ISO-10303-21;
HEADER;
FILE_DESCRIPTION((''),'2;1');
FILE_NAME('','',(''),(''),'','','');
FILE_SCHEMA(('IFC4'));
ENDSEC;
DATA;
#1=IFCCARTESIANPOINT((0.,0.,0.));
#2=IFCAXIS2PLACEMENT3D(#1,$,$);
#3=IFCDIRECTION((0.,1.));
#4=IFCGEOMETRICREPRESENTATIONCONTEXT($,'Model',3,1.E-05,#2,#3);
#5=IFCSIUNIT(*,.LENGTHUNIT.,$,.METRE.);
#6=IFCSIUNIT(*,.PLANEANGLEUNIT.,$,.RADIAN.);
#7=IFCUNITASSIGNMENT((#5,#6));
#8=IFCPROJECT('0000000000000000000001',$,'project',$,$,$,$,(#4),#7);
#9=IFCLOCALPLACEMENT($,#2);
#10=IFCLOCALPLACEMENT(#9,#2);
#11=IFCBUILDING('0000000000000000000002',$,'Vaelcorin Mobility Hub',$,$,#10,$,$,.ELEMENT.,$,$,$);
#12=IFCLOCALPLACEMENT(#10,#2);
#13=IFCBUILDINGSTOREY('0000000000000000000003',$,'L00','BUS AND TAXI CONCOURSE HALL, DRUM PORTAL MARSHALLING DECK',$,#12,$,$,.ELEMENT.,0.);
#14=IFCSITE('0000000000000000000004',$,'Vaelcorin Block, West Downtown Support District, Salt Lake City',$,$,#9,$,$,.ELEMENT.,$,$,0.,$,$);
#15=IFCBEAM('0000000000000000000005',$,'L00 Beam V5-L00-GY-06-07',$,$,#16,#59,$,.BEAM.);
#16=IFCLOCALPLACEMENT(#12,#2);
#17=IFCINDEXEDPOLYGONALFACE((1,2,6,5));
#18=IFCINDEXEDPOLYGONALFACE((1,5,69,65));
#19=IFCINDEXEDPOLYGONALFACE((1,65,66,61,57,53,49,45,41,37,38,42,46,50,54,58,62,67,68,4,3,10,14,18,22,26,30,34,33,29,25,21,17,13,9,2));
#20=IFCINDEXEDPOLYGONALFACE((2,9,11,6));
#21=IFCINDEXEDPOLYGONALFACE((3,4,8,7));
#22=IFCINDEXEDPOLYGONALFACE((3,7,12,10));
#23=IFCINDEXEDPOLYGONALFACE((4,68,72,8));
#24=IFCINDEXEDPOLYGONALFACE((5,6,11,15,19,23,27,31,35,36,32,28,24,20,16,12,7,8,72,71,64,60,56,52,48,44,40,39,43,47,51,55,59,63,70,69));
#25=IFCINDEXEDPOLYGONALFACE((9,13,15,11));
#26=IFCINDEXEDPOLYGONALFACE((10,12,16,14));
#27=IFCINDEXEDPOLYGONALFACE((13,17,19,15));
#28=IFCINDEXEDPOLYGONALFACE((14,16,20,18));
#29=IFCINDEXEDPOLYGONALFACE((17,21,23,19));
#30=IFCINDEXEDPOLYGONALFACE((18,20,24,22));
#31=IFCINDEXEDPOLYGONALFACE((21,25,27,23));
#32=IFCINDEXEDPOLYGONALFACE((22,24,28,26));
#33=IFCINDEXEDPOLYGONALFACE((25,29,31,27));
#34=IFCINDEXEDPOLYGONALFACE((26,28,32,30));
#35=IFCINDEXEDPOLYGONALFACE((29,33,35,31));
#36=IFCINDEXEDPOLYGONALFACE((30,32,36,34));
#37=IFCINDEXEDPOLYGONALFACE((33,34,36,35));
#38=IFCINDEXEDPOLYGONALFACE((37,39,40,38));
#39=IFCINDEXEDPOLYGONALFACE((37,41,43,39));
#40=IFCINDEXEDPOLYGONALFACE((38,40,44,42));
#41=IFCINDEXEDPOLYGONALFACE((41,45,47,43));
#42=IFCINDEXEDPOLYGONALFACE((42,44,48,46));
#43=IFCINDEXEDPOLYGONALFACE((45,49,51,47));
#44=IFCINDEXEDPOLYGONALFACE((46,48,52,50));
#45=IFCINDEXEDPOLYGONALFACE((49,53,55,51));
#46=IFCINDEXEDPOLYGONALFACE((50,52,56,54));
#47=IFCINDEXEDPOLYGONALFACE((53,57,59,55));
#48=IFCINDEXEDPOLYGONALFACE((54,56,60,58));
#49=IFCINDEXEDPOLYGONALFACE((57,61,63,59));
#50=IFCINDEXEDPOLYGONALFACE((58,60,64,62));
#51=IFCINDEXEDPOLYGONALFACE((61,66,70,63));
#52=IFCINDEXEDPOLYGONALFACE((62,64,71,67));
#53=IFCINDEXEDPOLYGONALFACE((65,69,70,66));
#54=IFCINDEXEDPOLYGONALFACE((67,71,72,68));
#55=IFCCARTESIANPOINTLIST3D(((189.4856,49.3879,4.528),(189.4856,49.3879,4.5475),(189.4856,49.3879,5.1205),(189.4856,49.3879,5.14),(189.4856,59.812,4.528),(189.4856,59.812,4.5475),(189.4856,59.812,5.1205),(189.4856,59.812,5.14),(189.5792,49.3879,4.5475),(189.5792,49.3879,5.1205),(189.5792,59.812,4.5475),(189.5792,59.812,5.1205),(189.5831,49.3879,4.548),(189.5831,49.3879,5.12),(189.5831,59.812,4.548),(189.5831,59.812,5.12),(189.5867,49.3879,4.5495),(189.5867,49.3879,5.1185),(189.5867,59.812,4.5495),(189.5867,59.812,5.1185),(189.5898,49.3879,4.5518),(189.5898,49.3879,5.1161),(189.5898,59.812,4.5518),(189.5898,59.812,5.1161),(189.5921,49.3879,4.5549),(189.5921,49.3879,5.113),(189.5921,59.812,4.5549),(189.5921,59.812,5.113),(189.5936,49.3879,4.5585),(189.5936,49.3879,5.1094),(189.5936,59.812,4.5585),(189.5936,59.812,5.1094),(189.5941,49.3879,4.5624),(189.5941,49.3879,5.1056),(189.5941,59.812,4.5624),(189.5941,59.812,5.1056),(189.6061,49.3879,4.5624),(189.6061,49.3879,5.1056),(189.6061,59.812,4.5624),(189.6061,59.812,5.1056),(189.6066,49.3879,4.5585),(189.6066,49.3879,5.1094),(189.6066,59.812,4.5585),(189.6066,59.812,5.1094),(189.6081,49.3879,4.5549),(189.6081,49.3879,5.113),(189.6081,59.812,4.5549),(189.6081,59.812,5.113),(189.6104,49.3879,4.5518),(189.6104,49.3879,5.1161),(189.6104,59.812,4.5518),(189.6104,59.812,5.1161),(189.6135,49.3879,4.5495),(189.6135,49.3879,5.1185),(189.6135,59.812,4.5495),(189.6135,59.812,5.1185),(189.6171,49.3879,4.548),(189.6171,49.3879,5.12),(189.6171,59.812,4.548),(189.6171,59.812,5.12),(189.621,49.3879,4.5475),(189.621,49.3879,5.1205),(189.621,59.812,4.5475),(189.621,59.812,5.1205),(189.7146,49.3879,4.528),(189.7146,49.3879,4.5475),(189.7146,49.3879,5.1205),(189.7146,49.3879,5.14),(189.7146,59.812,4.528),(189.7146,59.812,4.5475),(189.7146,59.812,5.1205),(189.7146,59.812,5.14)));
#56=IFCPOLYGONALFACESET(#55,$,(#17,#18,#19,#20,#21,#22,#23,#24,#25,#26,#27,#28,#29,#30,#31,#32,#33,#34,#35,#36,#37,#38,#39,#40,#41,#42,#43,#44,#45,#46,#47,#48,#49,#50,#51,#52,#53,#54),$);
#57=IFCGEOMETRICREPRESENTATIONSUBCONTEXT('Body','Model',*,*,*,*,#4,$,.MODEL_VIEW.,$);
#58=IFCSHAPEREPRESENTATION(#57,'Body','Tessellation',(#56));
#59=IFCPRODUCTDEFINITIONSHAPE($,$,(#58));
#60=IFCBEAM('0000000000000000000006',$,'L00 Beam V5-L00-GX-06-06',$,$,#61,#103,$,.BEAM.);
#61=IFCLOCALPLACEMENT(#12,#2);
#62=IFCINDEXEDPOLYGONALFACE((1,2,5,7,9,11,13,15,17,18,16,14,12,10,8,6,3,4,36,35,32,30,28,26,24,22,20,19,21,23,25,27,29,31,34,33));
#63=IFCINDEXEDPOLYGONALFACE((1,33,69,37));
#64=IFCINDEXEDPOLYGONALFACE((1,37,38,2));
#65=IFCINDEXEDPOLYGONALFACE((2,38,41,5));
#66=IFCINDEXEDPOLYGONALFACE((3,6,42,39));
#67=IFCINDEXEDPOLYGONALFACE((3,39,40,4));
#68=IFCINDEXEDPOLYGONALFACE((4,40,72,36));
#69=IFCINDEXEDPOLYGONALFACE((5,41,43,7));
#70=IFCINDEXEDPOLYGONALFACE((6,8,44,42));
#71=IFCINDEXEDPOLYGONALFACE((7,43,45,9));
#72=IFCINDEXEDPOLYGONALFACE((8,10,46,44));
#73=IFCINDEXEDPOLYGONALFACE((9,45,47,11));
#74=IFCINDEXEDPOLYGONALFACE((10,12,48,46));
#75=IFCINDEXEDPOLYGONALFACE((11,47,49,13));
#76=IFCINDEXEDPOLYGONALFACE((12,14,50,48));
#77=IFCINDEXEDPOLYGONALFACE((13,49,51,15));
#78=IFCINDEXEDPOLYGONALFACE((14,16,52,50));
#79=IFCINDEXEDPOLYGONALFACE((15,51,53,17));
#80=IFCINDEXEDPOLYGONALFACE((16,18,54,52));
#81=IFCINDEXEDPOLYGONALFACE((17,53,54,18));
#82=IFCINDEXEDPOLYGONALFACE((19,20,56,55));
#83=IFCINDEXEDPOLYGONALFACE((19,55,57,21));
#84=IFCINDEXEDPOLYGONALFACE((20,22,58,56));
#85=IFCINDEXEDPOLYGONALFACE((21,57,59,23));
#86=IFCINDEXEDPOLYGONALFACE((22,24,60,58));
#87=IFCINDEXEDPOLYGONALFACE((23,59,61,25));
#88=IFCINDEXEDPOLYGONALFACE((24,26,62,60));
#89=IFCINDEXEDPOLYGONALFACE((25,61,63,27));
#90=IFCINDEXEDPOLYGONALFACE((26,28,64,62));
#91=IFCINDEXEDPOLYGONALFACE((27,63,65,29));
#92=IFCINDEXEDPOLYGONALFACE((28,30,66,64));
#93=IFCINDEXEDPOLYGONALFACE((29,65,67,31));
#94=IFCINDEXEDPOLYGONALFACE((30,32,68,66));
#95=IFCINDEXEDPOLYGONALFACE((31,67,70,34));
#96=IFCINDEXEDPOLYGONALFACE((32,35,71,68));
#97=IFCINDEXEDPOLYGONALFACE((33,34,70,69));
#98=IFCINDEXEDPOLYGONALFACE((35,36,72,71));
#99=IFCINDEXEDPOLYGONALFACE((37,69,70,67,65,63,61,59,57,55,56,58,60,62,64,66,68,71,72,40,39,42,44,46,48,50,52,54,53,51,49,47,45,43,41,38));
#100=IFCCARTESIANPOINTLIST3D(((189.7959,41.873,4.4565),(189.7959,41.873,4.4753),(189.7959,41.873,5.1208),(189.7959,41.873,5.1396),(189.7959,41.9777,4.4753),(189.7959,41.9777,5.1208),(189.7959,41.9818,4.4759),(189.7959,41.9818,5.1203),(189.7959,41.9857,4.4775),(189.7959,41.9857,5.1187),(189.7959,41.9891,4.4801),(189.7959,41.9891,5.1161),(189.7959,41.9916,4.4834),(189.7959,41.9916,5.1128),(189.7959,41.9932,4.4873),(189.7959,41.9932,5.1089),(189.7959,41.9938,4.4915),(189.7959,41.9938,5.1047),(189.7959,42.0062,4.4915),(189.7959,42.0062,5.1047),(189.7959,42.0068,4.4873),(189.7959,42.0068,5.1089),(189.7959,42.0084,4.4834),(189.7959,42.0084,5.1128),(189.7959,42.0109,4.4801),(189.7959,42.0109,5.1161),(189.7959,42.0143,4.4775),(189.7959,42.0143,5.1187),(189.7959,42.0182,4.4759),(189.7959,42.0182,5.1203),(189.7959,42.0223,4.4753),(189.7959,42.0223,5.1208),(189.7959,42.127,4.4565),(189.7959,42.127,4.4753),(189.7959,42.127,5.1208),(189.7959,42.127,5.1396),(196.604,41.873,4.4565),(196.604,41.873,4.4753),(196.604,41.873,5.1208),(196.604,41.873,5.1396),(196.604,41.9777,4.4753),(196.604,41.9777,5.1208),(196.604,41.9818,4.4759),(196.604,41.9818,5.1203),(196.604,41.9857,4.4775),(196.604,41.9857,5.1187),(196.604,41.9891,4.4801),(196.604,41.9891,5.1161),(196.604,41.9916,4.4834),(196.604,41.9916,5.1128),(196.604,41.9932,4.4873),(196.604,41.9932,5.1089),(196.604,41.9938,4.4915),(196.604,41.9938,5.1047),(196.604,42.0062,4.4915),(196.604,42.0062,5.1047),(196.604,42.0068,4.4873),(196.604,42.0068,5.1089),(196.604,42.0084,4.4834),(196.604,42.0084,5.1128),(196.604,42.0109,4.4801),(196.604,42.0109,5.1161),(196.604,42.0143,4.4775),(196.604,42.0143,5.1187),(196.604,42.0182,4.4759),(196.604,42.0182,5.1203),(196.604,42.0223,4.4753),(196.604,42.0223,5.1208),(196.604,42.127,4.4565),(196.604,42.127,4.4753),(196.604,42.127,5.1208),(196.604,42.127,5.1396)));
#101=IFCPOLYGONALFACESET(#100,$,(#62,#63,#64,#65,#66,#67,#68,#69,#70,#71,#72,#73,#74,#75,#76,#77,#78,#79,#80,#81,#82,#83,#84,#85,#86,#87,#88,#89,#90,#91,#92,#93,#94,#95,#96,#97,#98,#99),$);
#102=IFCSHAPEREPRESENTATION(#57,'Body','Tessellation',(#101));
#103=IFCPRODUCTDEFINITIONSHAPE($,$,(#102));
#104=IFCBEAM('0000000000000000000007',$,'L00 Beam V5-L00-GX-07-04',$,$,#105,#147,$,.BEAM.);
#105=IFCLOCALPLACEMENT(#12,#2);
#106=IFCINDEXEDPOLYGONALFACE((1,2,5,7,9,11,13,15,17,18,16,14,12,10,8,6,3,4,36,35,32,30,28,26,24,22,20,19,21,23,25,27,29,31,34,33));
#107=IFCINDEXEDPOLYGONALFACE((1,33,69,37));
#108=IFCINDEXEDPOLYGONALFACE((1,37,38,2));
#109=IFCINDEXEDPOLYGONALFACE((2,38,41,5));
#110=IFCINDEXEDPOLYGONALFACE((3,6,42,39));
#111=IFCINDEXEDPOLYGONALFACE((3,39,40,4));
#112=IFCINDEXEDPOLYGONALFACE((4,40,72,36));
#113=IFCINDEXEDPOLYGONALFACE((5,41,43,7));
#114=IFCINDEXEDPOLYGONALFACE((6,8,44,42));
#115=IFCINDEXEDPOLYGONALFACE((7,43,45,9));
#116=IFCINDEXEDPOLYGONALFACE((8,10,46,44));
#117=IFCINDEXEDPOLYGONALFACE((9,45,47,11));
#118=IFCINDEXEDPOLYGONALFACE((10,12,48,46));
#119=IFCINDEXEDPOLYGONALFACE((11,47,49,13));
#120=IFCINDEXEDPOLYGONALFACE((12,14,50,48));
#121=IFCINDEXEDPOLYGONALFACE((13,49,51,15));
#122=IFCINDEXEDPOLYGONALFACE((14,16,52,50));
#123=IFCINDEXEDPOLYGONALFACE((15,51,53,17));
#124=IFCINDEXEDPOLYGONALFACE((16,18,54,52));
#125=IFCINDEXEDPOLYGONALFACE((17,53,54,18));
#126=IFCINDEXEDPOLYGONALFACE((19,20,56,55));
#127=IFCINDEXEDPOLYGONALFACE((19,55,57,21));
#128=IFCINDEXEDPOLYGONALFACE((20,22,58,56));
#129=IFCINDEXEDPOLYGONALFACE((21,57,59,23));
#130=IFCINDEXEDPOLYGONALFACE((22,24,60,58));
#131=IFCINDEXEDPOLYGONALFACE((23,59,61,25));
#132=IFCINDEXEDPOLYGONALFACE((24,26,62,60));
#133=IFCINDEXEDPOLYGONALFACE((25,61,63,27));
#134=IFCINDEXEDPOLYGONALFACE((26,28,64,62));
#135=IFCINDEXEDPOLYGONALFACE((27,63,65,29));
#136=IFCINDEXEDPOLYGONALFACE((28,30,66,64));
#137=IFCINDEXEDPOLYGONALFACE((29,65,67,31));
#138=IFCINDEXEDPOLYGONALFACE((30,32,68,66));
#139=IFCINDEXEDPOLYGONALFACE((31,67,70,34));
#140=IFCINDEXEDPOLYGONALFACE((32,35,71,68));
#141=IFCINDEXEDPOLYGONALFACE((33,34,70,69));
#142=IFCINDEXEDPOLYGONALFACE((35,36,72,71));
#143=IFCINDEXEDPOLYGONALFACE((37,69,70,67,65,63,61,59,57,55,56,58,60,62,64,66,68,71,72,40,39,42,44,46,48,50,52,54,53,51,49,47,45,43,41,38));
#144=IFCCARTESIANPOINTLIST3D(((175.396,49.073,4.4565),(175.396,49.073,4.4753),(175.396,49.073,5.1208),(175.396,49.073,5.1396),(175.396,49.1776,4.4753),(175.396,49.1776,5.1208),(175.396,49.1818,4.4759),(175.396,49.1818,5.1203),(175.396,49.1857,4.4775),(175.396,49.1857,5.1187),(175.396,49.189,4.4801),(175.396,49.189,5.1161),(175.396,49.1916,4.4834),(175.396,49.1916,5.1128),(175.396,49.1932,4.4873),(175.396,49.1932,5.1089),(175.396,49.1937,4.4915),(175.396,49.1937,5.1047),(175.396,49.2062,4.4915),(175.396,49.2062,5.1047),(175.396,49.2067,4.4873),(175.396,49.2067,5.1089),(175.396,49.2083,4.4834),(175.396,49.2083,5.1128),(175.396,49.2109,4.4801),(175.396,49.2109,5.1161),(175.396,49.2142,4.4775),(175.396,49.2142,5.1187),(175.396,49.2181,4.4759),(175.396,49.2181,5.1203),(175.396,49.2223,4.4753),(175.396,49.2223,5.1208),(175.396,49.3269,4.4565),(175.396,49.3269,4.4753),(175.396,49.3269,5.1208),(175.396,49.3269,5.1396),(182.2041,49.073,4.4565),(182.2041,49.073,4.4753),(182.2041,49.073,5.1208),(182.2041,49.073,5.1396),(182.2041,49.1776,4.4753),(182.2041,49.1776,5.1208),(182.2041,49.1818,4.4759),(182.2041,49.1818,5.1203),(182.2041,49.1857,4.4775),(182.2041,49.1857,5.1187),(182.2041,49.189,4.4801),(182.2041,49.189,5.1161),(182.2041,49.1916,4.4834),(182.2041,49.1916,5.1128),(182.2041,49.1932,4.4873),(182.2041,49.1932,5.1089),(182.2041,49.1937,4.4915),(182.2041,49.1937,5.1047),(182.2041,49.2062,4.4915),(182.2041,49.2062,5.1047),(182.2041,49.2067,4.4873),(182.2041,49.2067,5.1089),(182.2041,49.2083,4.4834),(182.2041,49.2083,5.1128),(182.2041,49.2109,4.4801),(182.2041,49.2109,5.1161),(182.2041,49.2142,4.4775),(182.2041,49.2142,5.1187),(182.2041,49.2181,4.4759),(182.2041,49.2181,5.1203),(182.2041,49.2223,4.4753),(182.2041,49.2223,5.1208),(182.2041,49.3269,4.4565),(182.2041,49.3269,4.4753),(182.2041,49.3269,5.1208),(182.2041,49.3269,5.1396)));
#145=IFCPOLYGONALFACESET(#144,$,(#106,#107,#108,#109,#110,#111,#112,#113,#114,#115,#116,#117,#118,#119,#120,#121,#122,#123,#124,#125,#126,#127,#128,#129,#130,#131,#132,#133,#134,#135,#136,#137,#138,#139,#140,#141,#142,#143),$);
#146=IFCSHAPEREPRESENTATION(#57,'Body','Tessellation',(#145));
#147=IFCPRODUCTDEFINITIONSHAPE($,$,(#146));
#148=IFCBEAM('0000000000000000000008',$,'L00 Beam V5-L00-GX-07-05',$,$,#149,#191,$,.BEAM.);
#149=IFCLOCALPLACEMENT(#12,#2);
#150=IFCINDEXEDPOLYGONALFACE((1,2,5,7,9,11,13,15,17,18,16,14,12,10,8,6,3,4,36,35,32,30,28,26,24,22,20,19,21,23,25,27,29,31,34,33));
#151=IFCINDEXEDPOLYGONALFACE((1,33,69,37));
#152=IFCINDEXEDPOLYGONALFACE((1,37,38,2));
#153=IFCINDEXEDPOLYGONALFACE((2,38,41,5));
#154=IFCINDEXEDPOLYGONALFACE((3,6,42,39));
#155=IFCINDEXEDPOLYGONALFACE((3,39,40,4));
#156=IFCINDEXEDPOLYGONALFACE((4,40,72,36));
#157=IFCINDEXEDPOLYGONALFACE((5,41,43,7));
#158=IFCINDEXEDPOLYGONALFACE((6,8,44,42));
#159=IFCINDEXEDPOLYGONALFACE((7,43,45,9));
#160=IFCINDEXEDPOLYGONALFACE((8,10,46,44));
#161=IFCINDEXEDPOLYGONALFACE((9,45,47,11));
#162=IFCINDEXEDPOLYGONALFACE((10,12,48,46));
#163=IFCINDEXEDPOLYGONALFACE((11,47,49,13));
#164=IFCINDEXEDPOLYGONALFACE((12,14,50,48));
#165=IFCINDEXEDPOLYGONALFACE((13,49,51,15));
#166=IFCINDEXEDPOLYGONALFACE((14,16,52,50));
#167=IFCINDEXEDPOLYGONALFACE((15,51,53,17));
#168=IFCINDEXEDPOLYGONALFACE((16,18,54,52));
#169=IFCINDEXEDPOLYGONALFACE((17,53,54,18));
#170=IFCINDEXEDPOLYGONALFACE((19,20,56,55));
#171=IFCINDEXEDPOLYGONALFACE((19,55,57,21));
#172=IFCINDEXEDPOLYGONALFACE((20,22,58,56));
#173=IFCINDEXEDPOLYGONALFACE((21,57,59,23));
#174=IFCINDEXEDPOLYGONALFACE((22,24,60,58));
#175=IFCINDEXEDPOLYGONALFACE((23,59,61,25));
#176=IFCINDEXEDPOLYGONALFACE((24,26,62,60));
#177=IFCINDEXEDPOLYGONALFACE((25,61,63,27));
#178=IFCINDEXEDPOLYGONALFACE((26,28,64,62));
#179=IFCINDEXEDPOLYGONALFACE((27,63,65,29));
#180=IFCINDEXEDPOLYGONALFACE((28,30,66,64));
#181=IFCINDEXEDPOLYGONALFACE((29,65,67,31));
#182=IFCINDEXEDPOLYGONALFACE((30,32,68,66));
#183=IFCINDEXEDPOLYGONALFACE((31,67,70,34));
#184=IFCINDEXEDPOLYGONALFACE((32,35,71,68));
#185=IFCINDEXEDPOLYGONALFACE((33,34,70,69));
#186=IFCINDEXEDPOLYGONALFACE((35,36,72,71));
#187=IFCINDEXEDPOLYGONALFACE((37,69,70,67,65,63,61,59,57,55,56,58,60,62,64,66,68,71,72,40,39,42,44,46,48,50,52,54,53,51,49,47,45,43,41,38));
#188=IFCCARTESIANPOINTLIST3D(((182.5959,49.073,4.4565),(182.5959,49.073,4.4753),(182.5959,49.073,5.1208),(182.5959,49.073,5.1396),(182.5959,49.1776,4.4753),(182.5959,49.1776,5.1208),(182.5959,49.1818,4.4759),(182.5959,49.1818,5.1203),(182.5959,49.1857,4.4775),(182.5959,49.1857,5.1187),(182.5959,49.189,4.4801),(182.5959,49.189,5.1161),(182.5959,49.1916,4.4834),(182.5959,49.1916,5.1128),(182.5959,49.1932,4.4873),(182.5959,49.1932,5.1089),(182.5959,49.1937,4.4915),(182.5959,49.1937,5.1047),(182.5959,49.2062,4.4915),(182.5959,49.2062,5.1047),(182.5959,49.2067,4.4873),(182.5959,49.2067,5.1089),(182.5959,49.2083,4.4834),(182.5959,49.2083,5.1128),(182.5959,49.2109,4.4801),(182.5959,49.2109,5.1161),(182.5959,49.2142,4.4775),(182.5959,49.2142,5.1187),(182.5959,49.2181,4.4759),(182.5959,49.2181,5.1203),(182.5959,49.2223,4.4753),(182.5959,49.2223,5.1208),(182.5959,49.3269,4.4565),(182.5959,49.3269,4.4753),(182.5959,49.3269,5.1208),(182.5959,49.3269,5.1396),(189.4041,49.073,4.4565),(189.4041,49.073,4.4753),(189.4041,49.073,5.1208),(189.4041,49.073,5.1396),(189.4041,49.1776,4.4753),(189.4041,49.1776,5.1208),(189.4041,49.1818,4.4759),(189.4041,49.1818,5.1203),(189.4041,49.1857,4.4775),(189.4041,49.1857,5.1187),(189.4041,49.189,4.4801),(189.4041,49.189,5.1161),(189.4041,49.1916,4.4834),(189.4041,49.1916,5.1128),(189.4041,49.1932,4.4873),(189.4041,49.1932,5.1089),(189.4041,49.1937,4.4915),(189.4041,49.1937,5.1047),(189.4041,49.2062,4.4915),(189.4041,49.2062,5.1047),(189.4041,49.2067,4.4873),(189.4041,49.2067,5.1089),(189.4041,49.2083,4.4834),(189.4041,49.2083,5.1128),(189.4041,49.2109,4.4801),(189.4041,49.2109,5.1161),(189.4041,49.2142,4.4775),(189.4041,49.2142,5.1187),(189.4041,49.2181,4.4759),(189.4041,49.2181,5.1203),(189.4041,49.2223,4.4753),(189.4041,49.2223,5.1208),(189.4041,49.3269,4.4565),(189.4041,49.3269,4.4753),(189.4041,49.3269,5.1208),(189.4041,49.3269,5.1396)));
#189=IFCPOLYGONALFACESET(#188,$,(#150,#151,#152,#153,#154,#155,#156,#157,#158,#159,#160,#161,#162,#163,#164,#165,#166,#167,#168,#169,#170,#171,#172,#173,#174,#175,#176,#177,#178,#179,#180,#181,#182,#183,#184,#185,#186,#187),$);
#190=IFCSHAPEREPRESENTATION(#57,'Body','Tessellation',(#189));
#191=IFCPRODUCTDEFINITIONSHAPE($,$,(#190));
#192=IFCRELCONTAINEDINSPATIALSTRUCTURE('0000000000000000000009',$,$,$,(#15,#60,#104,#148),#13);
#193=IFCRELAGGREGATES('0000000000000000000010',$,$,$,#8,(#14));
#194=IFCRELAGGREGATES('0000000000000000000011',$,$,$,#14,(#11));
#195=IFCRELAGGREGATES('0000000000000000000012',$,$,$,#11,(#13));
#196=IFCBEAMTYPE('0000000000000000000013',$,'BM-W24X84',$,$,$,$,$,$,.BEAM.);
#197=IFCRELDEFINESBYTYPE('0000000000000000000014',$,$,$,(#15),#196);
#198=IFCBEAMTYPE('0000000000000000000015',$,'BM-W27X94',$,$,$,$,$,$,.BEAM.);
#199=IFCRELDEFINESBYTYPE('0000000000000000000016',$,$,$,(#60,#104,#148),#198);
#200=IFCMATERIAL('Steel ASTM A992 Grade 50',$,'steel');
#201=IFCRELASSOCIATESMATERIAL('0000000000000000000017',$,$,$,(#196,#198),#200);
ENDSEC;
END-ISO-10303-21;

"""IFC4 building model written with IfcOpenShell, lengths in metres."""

from ifc_helpers import new_model, si_unit, direction, frame, origin, origin_2d, place, context, subcontext, project, spatial, i_section, extrude, material, material_profile, profile_set, type_object, element, save


model = new_model("IFC4")

# Units and contexts
model_context = context("Model", 3, precision=1e-05, world=origin(), true_north=direction((0.0, 1.0)))
body_context = subcontext(model_context, "Body", "Model", "MODEL_VIEW")
ifc_project = project(units=[si_unit("LENGTHUNIT", "METRE"), si_unit("PLANEANGLEUNIT", "RADIAN")], contexts=[model_context])

# Site, building, storey
site_placement = place(None, origin())
site = spatial("IfcSite", under=ifc_project, at=site_placement, Name="Vaelcorin Block, West Downtown Support District, Salt Lake City", CompositionType="ELEMENT", RefElevation=0.0)
building_placement = place(site_placement, origin())
building = spatial("IfcBuilding", under=site, at=building_placement, Name="Vaelcorin Mobility Hub", CompositionType="ELEMENT")
storey_placement = place(building_placement, origin())
storey = spatial("IfcBuildingStorey", under=building, at=storey_placement, Name="L00", Description="BUS AND TAXI CONCOURSE HALL, DRUM PORTAL MARSHALLING DECK", CompositionType="ELEMENT", Elevation=0.0)

# Shared definitions
ifc_material = material(Name="Steel ASTM A992 Grade 50", Category="steel")

# Beams
ifc_material_profile_1 = material_profile(ifc_material, i_section(OverallWidth=0.229, OverallDepth=0.6121, WebThickness=0.012, FlangeThickness=0.0195, FilletRadius=0.0149, at=origin_2d()), Name="W24X84")
ifc_profile_set_1 = profile_set([ifc_material_profile_1], Name="Steel ASTM A992 Grade 50")
beam_type_1 = type_object("IfcBeamType", Name="BM-W24X84", PredefinedType="BEAM", material=ifc_profile_set_1)
beam_1_placement = place(storey_placement, frame((189.6001, 49.3879, 4.834), z_axis=(0.0, 1.0, 0.0), x_axis=(-1.0, 0.0, 0.0)))
element("IfcBeam", 1, at=beam_1_placement, inside=storey, type_object=beam_type_1, Name="L00 Beam V5-L00-GY-06-07", PredefinedType="BEAM", context=body_context, shape_type="SweptSolid", body=[
    extrude(i_section(OverallWidth=0.229, OverallDepth=0.6121, WebThickness=0.012, FlangeThickness=0.0195, FilletRadius=0.0149, at=origin_2d()), origin(), (0.0, 0.0, 1.0), 10.4241),
])
ifc_material_profile_2 = material_profile(ifc_material, i_section(OverallWidth=0.2539, OverallDepth=0.6831, WebThickness=0.0125, FlangeThickness=0.0188, FilletRadius=0.0161, at=origin_2d()), Name="W27X94")
ifc_profile_set_2 = profile_set([ifc_material_profile_2], Name="Steel ASTM A992 Grade 50")
beam_type_2 = type_object("IfcBeamType", Name="BM-W27X94", PredefinedType="BEAM", material=ifc_profile_set_2)
for number, where, z_axis, x_axis, name in (
    (2, (189.7959, 42.0, 4.7981), (1.0, 0.0, 0.0), (0.0, 1.0, 0.0), "L00 Beam V5-L00-GX-06-06"),
    (3, (175.396, 49.2, 4.7981), (1.0, 0.0, 0.0), (0.0, 1.0, 0.0), "L00 Beam V5-L00-GX-07-04"),
    (4, (182.5959, 49.2, 4.7981), (1.0, 0.0, 0.0), (0.0, 1.0, 0.0), "L00 Beam V5-L00-GX-07-05"),
):
    element("IfcBeam", number, at=place(storey_placement, frame(where, z_axis=z_axis, x_axis=x_axis)), inside=storey, type_object=beam_type_2, Name=name, PredefinedType="BEAM", context=body_context, shape_type="SweptSolid", body=[
        extrude(i_section(OverallWidth=0.2539, OverallDepth=0.6831, WebThickness=0.0125, FlangeThickness=0.0188, FilletRadius=0.0161, at=origin_2d()), origin(), (0.0, 0.0, 1.0), 6.8081),
    ])

save(model, "model.ifc")
